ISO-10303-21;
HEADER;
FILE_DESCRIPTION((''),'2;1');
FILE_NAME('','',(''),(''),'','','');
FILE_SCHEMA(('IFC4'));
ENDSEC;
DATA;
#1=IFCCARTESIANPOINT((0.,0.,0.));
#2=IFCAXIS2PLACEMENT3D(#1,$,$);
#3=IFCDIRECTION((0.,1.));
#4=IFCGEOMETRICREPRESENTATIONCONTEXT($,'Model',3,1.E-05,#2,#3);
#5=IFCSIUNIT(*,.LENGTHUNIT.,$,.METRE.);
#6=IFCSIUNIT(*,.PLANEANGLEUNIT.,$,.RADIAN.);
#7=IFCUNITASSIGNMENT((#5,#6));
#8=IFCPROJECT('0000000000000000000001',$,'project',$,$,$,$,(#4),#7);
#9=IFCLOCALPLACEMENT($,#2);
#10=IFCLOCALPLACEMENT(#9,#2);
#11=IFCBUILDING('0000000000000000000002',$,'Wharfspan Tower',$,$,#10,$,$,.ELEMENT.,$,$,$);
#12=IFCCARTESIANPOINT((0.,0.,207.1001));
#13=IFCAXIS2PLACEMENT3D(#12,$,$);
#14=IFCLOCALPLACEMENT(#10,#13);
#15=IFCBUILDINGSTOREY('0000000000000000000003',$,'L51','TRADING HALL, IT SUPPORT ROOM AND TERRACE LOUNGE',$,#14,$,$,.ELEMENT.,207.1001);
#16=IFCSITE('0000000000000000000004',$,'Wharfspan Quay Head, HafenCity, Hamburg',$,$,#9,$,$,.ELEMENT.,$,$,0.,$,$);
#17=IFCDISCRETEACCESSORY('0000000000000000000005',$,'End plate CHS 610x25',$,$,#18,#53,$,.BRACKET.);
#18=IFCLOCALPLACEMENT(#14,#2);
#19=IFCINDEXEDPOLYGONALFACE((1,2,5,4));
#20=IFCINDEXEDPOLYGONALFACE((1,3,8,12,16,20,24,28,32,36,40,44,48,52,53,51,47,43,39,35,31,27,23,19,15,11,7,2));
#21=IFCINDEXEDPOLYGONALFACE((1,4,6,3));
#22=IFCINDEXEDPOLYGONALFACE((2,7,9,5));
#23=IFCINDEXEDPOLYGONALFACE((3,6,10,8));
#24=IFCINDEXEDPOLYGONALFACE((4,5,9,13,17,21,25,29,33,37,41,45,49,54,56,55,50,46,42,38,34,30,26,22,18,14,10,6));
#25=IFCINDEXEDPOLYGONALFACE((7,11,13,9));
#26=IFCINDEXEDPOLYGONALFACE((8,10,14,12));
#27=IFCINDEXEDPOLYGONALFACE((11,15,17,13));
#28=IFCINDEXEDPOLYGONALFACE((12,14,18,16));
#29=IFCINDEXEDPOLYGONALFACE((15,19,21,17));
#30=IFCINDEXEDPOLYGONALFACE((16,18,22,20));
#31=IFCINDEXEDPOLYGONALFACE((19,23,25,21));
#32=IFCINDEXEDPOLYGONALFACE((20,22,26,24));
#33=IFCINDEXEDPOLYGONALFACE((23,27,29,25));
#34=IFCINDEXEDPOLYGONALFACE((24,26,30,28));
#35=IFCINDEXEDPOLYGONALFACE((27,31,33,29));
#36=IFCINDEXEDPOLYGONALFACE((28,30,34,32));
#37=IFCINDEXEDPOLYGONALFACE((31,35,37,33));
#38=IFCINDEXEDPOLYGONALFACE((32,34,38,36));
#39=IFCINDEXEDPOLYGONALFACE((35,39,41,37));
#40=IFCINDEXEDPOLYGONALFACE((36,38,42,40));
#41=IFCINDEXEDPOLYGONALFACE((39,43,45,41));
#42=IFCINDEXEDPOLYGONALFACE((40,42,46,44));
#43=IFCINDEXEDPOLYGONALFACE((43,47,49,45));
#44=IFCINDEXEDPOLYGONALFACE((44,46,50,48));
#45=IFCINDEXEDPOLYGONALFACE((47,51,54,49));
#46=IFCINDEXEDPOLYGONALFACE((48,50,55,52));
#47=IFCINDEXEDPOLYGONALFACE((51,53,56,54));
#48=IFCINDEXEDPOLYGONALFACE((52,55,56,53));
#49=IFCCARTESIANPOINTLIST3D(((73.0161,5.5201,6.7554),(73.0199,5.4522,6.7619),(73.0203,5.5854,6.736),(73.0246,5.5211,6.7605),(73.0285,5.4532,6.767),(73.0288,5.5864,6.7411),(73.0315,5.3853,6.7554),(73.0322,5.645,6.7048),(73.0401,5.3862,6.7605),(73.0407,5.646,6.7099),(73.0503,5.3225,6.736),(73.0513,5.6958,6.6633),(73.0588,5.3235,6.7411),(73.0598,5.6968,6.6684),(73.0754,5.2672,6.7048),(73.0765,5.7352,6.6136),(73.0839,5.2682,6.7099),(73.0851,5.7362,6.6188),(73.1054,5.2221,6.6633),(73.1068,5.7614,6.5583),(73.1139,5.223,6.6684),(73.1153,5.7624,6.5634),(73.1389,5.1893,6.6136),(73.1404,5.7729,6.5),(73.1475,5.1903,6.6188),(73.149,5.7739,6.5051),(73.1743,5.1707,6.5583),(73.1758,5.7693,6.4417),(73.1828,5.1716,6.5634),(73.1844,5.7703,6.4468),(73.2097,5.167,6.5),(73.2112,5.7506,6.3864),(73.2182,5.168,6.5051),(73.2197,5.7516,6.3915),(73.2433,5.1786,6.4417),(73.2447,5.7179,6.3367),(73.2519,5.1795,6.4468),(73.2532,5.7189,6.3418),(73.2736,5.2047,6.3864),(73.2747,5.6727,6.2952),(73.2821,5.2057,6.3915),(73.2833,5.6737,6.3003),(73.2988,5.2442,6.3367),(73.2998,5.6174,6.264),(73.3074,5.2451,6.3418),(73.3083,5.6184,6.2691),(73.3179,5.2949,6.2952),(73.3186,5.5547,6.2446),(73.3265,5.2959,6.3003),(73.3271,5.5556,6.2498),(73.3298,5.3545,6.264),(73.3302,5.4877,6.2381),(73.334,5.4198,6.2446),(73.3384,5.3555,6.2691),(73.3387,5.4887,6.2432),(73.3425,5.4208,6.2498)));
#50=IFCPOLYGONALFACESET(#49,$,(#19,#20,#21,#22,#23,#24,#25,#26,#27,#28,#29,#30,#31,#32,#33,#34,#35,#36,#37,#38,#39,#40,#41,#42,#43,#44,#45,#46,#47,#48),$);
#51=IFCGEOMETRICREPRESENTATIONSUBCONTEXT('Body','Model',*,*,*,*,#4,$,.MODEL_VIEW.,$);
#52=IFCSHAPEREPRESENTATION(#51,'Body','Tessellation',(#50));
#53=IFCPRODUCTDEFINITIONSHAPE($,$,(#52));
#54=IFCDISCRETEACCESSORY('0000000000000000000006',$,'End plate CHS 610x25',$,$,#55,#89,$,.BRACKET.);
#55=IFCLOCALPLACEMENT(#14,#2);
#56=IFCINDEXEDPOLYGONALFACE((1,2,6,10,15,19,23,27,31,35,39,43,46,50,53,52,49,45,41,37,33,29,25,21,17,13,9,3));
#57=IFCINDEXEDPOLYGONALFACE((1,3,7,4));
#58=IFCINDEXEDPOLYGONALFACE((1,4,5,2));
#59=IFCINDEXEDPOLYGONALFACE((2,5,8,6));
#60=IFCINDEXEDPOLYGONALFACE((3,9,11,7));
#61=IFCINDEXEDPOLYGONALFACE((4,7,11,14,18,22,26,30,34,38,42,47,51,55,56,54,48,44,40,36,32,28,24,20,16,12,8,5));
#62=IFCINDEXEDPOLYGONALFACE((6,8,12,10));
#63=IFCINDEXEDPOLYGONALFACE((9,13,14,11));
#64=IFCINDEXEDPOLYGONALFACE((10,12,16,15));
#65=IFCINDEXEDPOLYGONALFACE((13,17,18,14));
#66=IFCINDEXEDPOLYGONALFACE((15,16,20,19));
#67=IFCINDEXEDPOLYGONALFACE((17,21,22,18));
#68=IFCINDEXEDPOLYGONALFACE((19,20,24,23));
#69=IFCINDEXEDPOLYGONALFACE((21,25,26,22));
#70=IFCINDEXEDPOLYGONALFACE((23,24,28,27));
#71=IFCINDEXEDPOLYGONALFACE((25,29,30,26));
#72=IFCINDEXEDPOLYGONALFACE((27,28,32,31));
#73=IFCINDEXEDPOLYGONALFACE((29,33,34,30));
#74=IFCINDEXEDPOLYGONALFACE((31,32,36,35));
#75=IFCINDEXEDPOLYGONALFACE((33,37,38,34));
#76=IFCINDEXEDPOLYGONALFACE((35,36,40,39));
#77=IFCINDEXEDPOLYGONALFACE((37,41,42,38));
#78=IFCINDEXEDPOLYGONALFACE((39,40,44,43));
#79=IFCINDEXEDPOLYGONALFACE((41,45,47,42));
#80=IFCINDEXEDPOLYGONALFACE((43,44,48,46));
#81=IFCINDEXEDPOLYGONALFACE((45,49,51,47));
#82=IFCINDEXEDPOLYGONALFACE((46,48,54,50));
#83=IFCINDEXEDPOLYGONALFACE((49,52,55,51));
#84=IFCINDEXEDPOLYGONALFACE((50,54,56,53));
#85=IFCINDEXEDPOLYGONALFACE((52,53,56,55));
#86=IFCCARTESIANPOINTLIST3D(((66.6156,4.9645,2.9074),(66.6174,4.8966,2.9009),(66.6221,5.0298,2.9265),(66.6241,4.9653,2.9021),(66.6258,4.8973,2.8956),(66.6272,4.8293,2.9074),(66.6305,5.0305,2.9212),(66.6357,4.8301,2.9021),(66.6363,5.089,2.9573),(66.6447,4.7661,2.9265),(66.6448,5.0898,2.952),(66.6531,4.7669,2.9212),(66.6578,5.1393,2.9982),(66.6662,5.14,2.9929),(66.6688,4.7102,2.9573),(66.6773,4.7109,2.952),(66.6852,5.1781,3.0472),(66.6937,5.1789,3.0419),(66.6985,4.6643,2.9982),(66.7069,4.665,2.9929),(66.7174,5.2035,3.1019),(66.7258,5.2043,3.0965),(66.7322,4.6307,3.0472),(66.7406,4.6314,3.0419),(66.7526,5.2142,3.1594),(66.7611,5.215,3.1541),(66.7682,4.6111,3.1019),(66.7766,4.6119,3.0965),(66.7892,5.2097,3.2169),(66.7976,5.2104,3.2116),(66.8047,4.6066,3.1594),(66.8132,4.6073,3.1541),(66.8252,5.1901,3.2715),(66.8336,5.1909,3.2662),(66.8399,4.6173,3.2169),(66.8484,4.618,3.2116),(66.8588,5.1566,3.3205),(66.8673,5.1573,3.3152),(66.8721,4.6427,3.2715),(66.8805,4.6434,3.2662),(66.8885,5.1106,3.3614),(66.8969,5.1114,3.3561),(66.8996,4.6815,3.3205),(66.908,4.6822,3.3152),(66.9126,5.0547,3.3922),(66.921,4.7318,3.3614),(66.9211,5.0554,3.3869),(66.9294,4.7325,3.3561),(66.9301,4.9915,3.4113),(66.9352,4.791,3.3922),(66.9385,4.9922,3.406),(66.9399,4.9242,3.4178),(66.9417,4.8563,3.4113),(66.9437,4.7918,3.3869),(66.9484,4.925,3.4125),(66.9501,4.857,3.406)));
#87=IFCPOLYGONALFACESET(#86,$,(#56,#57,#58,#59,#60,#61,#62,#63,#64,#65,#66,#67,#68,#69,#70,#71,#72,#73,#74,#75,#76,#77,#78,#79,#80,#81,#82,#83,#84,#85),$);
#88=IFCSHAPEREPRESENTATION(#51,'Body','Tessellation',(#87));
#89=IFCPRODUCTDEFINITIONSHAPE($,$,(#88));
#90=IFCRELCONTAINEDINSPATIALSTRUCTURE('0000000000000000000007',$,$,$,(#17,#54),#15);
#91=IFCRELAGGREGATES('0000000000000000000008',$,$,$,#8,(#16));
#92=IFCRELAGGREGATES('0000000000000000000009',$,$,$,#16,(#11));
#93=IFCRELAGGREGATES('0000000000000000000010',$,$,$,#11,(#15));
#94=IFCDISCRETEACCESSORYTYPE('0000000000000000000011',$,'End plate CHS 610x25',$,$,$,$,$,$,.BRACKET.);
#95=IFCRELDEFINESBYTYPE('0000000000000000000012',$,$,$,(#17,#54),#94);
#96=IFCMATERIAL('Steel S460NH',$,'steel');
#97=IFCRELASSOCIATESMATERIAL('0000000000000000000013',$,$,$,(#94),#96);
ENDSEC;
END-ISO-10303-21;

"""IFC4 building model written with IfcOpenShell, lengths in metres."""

from ifc_helpers import new_model, si_unit, direction, frame, origin, origin_2d, place, context, subcontext, project, spatial, circle, extrude, material, material_profile, profile_set, type_object, element, save


model = new_model("IFC4")

# Units and contexts
model_context = context("Model", 3, precision=1e-05, world=origin(), true_north=direction((0.0, 1.0)))
body_context = subcontext(model_context, "Body", "Model", "MODEL_VIEW")
ifc_project = project(units=[si_unit("LENGTHUNIT", "METRE"), si_unit("PLANEANGLEUNIT", "RADIAN")], contexts=[model_context])

# Site, building, storey
site_placement = place(None, origin())
site = spatial("IfcSite", under=ifc_project, at=site_placement, Name="Wharfspan Quay Head, HafenCity, Hamburg", CompositionType="ELEMENT", RefElevation=0.0)
building_placement = place(site_placement, origin())
building = spatial("IfcBuilding", under=site, at=building_placement, Name="Wharfspan Tower", CompositionType="ELEMENT")
storey_placement = place(building_placement, frame((0.0, 0.0, 207.1001)))
storey = spatial("IfcBuildingStorey", under=building, at=storey_placement, Name="L51", Description="TRADING HALL, IT SUPPORT ROOM AND TERRACE LOUNGE", CompositionType="ELEMENT", Elevation=207.1001)

# Shared definitions
ifc_material_1 = material(Name="Steel S460NH", Category="steel")

# Discrete accessories
ifc_material_profile_1 = material_profile(ifc_material_1, circle(Radius=0.3049, at=origin_2d()))
ifc_profile_set_1 = profile_set([ifc_material_profile_1], Name="Steel S460NH")
discrete_accessory_type = type_object("IfcDiscreteAccessoryType", Name="End plate CHS 610x25", PredefinedType="BRACKET", material=ifc_profile_set_1)
for number, where, z_axis, x_axis, name in (
    (1, (73.175, 5.47, 6.5), (0.853405, 0.097532, 0.512043), (-0.113547, 0.993531, 0.000001), "End plate CHS 610x25"),
    (2, (66.7871, 4.9111, 3.1541), (-0.844416, -0.072379, 0.530776), (0.085402, -0.99635, 0.0), "End plate CHS 610x25"),
):
    element("IfcDiscreteAccessory", number, at=place(storey_placement, frame(where, z_axis=z_axis, x_axis=x_axis)), inside=storey, type_object=discrete_accessory_type, Name=name, PredefinedType="BRACKET", context=body_context, shape_type="SweptSolid", body=[
        extrude(circle(Radius=0.3049, at=origin_2d()), origin(), (0.0, 0.0, 1.0), 0.01),
    ])

save(model, "model.ifc")
